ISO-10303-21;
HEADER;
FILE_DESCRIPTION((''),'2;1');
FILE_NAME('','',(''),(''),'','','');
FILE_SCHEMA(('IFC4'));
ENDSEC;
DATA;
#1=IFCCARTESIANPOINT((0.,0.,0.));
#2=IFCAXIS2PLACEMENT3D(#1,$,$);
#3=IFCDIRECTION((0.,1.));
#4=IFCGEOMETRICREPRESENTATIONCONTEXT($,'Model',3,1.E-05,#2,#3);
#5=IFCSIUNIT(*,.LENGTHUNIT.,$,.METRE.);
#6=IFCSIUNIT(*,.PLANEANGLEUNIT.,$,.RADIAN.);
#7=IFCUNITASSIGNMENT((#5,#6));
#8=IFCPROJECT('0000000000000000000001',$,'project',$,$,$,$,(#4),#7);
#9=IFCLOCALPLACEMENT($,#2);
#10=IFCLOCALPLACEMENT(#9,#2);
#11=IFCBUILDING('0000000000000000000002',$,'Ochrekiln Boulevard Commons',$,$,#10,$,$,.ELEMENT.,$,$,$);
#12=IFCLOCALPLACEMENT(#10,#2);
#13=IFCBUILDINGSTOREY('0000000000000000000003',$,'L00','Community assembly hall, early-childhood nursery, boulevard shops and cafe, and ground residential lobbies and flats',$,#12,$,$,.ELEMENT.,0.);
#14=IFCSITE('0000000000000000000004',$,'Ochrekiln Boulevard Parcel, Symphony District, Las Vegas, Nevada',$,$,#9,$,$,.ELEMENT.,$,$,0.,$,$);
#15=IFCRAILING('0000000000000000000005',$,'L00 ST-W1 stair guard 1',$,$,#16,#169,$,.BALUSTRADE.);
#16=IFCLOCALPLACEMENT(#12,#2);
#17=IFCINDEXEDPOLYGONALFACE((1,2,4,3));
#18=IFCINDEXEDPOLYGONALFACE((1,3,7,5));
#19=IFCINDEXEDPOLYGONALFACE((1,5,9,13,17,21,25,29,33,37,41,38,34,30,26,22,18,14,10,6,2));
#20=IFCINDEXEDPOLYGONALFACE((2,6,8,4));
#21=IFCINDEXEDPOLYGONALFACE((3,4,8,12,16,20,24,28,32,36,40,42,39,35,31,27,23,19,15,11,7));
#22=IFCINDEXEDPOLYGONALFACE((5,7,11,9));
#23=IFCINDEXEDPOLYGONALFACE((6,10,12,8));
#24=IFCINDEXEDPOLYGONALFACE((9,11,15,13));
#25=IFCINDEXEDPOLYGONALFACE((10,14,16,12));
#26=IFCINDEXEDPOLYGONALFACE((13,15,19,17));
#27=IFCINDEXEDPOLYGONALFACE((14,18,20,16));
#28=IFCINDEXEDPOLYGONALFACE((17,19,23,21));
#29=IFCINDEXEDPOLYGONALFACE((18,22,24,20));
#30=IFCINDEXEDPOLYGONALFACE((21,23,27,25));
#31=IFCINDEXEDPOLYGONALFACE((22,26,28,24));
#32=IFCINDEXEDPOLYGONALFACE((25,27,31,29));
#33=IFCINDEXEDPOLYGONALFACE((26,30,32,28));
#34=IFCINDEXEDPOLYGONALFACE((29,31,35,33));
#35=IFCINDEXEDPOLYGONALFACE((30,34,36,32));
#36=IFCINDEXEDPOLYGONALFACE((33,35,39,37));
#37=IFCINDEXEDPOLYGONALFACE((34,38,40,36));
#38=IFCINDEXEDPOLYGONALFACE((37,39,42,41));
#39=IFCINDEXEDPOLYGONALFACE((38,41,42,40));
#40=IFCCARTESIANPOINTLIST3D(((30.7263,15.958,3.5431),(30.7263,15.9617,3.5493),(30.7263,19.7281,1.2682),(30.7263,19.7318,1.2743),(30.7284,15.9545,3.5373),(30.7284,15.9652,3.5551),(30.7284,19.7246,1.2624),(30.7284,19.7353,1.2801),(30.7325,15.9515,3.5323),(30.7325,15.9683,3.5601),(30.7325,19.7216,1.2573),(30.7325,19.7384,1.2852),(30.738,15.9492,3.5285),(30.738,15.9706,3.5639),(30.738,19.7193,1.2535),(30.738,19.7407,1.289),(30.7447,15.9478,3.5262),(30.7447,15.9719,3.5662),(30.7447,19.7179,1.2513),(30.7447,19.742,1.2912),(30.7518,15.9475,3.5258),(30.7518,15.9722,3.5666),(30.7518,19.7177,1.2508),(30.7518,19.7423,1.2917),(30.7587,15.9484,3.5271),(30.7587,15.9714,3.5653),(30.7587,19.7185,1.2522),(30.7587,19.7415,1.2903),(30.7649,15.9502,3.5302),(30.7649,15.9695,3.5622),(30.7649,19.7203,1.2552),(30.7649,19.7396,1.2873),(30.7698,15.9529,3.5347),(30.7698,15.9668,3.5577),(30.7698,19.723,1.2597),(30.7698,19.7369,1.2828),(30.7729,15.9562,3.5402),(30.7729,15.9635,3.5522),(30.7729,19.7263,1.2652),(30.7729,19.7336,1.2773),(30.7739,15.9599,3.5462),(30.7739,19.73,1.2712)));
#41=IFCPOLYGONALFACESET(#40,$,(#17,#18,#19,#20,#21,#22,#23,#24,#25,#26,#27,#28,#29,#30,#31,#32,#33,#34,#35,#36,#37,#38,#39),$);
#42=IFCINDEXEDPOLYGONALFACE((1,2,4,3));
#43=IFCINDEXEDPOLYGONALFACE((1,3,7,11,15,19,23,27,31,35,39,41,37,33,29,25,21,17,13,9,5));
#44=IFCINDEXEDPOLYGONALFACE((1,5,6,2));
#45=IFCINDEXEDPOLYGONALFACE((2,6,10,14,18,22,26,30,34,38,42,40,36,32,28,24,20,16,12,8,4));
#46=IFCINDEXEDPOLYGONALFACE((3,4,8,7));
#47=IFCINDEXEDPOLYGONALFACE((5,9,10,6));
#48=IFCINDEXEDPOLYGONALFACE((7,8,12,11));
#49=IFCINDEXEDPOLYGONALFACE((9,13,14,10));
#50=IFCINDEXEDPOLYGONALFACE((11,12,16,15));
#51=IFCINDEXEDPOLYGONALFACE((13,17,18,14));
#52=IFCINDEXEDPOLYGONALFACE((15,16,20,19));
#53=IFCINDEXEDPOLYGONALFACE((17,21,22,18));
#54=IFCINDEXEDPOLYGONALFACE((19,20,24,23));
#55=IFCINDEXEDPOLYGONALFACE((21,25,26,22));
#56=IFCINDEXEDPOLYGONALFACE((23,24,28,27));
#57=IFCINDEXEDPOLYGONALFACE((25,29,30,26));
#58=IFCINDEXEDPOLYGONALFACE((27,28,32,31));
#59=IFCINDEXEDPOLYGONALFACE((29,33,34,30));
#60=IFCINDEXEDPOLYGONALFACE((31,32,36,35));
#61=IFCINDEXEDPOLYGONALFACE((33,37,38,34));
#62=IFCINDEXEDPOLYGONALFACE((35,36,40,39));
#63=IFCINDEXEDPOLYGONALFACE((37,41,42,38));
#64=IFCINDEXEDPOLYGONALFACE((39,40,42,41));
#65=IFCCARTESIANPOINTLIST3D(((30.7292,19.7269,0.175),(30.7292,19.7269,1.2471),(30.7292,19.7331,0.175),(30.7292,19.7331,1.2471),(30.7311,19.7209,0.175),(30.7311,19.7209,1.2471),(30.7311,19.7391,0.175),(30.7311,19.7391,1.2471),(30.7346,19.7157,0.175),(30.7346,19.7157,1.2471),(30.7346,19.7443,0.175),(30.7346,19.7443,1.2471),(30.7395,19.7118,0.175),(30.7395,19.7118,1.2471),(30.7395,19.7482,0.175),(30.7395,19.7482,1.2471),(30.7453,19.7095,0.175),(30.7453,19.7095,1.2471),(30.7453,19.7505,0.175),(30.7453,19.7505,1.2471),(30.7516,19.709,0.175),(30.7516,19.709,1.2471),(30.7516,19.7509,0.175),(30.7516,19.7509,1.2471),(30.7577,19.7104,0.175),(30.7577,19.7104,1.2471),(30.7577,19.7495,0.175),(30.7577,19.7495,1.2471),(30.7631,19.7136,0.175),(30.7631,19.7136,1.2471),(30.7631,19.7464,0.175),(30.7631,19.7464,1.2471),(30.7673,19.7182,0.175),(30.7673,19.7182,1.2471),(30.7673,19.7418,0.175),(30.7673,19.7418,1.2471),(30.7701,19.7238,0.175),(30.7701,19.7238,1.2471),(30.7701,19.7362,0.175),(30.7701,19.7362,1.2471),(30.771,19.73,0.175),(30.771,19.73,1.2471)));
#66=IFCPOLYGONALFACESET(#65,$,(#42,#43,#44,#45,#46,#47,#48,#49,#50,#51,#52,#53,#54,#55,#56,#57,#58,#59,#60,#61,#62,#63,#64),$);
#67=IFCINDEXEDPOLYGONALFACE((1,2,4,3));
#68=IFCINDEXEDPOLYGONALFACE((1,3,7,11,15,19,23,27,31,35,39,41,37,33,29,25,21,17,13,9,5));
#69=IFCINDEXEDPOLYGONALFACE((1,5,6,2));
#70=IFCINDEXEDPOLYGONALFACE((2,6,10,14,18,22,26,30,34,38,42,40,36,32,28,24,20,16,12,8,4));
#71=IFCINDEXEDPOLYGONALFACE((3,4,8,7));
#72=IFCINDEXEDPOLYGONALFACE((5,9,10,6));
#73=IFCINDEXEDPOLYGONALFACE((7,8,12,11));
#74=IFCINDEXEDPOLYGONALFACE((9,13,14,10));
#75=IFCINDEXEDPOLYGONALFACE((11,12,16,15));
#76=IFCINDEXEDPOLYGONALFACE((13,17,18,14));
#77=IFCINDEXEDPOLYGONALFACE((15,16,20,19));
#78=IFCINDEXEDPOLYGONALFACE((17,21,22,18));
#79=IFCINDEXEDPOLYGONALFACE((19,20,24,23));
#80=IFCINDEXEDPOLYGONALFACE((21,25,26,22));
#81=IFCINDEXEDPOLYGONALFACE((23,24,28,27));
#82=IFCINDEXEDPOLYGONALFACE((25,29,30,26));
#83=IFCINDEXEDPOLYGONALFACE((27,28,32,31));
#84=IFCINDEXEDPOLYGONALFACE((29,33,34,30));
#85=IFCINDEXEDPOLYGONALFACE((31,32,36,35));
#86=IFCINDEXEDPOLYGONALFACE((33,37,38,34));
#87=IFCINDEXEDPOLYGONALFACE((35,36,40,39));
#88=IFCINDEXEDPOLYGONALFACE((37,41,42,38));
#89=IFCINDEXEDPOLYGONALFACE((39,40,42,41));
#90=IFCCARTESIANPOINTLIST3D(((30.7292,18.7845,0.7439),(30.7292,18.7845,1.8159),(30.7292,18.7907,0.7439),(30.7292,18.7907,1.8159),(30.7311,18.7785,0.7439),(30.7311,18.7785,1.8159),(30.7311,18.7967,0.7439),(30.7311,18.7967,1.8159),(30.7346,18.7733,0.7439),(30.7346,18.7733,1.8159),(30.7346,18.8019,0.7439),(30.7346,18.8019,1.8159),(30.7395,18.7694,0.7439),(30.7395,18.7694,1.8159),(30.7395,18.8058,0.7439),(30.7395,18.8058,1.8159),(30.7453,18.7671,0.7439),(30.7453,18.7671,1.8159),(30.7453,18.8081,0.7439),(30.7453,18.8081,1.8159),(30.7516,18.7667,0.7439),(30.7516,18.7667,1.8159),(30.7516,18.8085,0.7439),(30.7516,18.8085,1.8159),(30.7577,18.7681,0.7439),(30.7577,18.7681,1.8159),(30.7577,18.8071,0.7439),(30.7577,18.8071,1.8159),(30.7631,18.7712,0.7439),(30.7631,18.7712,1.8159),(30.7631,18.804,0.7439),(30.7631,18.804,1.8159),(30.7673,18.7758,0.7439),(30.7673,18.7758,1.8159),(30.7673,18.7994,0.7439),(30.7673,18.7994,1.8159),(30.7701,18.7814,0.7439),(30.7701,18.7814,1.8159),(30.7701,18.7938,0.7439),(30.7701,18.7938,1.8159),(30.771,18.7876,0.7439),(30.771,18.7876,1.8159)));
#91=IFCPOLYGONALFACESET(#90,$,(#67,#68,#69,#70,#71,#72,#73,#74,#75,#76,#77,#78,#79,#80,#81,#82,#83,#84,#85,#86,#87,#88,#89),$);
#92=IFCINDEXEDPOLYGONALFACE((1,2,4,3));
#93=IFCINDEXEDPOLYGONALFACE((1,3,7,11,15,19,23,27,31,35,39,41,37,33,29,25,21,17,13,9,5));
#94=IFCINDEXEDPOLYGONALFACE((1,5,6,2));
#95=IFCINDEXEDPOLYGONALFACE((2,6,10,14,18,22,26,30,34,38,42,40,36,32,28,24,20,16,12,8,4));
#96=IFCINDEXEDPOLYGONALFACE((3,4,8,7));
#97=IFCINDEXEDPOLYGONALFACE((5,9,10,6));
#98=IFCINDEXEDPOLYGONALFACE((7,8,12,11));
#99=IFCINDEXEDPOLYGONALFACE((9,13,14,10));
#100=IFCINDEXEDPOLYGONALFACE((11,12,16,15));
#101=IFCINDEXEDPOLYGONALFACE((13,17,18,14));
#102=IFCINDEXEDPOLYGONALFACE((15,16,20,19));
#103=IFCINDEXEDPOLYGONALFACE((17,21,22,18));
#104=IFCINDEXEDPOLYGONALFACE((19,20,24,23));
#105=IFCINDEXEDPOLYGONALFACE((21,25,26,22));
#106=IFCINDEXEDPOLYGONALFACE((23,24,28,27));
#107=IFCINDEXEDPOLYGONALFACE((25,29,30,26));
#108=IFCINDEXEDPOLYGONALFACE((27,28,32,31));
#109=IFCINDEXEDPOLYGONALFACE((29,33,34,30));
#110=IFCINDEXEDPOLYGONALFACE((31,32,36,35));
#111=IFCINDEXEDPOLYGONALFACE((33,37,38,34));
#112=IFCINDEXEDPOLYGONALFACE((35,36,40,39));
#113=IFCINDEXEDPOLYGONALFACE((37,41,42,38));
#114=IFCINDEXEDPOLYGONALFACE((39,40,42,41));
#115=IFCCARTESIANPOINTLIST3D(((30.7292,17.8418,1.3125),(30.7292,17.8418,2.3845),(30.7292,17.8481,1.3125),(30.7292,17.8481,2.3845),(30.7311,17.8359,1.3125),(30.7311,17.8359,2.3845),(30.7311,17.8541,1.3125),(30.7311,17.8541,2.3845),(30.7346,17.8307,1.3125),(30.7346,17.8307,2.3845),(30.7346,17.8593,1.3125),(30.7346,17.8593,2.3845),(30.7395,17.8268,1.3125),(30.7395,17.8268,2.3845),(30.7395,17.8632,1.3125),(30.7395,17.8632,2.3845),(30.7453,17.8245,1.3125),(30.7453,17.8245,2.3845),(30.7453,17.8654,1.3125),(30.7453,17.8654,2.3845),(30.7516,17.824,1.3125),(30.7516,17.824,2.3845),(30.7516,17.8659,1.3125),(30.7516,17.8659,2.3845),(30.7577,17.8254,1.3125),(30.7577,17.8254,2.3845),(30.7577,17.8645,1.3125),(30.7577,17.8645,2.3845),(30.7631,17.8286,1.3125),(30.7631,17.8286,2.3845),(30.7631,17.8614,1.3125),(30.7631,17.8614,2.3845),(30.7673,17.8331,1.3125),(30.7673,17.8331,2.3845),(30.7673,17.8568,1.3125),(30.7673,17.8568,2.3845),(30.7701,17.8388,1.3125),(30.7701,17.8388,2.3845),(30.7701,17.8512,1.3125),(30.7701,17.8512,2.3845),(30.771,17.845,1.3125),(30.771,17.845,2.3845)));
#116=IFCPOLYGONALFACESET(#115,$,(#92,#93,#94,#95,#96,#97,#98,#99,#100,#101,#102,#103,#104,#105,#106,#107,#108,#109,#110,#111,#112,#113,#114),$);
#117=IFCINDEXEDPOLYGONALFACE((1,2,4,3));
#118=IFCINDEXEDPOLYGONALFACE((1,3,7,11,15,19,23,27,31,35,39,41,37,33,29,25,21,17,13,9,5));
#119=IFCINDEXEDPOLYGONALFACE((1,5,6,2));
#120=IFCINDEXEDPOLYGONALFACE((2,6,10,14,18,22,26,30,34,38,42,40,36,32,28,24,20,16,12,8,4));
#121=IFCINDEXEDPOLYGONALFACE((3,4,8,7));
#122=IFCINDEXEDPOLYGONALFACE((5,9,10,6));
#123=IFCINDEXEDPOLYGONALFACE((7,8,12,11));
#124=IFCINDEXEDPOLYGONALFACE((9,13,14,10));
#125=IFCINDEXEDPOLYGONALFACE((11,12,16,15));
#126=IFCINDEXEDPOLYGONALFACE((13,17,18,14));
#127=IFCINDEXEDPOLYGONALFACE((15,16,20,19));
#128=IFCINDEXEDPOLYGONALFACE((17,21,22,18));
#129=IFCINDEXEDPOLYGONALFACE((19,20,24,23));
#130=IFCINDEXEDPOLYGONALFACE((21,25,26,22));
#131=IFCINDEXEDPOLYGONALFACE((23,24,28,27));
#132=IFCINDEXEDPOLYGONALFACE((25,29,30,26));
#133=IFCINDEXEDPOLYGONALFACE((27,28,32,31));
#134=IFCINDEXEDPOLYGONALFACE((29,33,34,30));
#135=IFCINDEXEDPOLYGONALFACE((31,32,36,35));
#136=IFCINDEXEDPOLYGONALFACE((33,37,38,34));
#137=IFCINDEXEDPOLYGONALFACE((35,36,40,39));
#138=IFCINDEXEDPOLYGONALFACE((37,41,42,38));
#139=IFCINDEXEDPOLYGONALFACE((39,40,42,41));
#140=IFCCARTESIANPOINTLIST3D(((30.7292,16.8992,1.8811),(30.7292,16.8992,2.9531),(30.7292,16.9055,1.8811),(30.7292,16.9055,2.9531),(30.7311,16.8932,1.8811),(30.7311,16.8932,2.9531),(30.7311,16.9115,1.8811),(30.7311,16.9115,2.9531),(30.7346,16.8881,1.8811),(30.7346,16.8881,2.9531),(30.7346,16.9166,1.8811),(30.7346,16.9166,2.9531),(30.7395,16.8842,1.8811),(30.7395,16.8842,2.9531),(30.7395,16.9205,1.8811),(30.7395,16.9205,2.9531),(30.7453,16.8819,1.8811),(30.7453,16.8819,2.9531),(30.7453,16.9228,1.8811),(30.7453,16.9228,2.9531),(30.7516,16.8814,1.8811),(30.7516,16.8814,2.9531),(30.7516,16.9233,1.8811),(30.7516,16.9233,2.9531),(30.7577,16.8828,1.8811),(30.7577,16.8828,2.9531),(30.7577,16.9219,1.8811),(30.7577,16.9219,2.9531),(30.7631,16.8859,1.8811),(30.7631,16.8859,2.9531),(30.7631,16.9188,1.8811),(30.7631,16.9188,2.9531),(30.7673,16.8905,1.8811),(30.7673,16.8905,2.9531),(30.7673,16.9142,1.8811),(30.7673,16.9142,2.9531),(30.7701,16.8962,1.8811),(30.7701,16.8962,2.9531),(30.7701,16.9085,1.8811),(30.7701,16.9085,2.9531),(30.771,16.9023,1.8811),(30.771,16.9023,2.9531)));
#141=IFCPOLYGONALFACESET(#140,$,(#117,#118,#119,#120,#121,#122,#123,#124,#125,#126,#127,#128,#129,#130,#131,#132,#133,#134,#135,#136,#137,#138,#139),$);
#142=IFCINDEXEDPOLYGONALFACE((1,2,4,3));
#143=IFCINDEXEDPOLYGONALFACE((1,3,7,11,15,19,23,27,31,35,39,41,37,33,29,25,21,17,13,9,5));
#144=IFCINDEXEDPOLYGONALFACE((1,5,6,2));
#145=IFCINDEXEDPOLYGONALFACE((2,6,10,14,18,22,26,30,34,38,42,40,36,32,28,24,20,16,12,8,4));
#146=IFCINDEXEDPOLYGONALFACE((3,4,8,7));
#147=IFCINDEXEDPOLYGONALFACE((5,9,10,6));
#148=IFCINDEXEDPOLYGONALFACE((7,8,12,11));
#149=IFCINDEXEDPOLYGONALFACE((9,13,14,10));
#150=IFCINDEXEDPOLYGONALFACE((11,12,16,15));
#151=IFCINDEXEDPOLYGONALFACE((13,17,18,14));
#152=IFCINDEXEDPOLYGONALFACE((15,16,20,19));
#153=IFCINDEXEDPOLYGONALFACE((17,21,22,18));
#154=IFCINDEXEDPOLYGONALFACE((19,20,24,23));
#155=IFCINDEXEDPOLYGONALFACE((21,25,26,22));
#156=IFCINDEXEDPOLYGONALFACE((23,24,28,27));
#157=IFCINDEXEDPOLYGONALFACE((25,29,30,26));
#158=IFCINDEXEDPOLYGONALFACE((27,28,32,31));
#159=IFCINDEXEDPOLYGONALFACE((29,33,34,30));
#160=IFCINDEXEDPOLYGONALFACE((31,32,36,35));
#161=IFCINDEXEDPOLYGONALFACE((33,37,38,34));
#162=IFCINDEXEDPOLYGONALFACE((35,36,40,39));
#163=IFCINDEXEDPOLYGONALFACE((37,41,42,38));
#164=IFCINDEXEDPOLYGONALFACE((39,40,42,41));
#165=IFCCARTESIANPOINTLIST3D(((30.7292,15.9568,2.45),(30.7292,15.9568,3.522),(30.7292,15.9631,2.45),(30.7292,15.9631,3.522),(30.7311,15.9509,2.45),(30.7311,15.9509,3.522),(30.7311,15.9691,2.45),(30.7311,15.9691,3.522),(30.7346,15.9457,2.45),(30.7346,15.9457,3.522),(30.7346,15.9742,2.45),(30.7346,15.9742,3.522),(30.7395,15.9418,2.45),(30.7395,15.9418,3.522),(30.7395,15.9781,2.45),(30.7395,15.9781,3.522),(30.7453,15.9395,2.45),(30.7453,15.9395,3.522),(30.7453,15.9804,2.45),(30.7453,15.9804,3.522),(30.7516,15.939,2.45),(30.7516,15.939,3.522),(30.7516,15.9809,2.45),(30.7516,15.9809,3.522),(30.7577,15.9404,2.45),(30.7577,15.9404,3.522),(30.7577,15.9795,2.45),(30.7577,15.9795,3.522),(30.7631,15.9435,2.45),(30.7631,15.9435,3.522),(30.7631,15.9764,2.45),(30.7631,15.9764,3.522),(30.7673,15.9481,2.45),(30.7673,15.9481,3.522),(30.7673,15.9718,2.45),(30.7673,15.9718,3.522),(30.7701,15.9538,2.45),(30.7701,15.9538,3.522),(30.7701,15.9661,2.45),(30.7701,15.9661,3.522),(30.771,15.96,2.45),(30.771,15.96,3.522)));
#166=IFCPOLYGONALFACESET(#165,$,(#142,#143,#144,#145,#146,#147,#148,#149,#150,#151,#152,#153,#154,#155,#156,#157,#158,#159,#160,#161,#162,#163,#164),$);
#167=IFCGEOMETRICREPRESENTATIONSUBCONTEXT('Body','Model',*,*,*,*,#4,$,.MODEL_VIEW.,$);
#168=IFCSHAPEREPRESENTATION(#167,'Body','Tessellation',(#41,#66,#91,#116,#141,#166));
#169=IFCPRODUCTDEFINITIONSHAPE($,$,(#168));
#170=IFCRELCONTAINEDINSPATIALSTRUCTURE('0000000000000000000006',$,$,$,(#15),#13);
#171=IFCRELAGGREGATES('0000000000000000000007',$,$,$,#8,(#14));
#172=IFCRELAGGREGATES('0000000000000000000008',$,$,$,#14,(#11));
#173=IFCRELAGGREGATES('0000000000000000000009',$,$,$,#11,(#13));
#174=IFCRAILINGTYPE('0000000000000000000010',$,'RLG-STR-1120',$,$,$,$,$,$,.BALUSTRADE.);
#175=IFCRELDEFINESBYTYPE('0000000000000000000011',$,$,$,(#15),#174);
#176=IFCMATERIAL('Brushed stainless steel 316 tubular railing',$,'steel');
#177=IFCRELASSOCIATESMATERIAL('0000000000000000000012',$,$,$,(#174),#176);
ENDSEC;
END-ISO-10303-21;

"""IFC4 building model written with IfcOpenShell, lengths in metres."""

from ifc_helpers import new_model, si_unit, direction, frame, origin, origin_2d, place, context, subcontext, project, spatial, circle, extrude, material, type_object, element, save


model = new_model("IFC4")

# Units and contexts
model_context = context("Model", 3, precision=1e-05, world=origin(), true_north=direction((0.0, 1.0)))
body_context = subcontext(model_context, "Body", "Model", "MODEL_VIEW")
ifc_project = project(units=[si_unit("LENGTHUNIT", "METRE"), si_unit("PLANEANGLEUNIT", "RADIAN")], contexts=[model_context])

# Site, building, storey
site_placement = place(None, origin())
site = spatial("IfcSite", under=ifc_project, at=site_placement, Name="Ochrekiln Boulevard Parcel, Symphony District, Las Vegas, Nevada", CompositionType="ELEMENT", RefElevation=0.0)
building_placement = place(site_placement, origin())
building = spatial("IfcBuilding", under=site, at=building_placement, Name="Ochrekiln Boulevard Commons", CompositionType="ELEMENT")
storey_placement = place(building_placement, origin())
storey = spatial("IfcBuildingStorey", under=building, at=storey_placement, Name="L00", Description="Community assembly hall, early-childhood nursery, boulevard shops and cafe, and ground residential lobbies and flats", CompositionType="ELEMENT", Elevation=0.0)

# Railing
ifc_material_1 = material(Name="Brushed stainless steel 316 tubular railing", Category="steel")
railing_type_1 = type_object("IfcRailingType", Name="RLG-STR-1120", PredefinedType="BALUSTRADE", material=ifc_material_1)
railing_1_placement = place(storey_placement, frame((30.75, 19.73, 0.175)))
element("IfcRailing", 1, at=railing_1_placement, inside=storey, type_object=railing_type_1, Name="L00 ST-W1 stair guard 1", PredefinedType="BALUSTRADE", context=body_context, shape_type="SweptSolid", body=[
    extrude(circle(Radius=0.0239, at=origin_2d()), frame((0.0, 0.0, 1.0962), z_axis=(0.0, -0.856199, 0.516647), x_axis=(1.0, 0.0, 0.0)), (0.0, 0.0, 1.0), 4.4033),
    extrude(circle(Radius=0.021, at=origin_2d()), origin(), (0.0, 0.0, 1.0), 1.072),
    extrude(circle(Radius=0.021, at=origin_2d()), frame((0.0, -0.9424, 0.5688)), (0.0, 0.0, 1.0), 1.072),
    extrude(circle(Radius=0.021, at=origin_2d()), frame((0.0, -1.885, 1.1375)), (0.0, 0.0, 1.0), 1.072),
    extrude(circle(Radius=0.021, at=origin_2d()), frame((0.0, -2.8276, 1.7061)), (0.0, 0.0, 1.0), 1.072),
    extrude(circle(Radius=0.021, at=origin_2d()), frame((0.0, -3.77, 2.2749)), (0.0, 0.0, 1.0), 1.072),
])

save(model, "model.ifc")
